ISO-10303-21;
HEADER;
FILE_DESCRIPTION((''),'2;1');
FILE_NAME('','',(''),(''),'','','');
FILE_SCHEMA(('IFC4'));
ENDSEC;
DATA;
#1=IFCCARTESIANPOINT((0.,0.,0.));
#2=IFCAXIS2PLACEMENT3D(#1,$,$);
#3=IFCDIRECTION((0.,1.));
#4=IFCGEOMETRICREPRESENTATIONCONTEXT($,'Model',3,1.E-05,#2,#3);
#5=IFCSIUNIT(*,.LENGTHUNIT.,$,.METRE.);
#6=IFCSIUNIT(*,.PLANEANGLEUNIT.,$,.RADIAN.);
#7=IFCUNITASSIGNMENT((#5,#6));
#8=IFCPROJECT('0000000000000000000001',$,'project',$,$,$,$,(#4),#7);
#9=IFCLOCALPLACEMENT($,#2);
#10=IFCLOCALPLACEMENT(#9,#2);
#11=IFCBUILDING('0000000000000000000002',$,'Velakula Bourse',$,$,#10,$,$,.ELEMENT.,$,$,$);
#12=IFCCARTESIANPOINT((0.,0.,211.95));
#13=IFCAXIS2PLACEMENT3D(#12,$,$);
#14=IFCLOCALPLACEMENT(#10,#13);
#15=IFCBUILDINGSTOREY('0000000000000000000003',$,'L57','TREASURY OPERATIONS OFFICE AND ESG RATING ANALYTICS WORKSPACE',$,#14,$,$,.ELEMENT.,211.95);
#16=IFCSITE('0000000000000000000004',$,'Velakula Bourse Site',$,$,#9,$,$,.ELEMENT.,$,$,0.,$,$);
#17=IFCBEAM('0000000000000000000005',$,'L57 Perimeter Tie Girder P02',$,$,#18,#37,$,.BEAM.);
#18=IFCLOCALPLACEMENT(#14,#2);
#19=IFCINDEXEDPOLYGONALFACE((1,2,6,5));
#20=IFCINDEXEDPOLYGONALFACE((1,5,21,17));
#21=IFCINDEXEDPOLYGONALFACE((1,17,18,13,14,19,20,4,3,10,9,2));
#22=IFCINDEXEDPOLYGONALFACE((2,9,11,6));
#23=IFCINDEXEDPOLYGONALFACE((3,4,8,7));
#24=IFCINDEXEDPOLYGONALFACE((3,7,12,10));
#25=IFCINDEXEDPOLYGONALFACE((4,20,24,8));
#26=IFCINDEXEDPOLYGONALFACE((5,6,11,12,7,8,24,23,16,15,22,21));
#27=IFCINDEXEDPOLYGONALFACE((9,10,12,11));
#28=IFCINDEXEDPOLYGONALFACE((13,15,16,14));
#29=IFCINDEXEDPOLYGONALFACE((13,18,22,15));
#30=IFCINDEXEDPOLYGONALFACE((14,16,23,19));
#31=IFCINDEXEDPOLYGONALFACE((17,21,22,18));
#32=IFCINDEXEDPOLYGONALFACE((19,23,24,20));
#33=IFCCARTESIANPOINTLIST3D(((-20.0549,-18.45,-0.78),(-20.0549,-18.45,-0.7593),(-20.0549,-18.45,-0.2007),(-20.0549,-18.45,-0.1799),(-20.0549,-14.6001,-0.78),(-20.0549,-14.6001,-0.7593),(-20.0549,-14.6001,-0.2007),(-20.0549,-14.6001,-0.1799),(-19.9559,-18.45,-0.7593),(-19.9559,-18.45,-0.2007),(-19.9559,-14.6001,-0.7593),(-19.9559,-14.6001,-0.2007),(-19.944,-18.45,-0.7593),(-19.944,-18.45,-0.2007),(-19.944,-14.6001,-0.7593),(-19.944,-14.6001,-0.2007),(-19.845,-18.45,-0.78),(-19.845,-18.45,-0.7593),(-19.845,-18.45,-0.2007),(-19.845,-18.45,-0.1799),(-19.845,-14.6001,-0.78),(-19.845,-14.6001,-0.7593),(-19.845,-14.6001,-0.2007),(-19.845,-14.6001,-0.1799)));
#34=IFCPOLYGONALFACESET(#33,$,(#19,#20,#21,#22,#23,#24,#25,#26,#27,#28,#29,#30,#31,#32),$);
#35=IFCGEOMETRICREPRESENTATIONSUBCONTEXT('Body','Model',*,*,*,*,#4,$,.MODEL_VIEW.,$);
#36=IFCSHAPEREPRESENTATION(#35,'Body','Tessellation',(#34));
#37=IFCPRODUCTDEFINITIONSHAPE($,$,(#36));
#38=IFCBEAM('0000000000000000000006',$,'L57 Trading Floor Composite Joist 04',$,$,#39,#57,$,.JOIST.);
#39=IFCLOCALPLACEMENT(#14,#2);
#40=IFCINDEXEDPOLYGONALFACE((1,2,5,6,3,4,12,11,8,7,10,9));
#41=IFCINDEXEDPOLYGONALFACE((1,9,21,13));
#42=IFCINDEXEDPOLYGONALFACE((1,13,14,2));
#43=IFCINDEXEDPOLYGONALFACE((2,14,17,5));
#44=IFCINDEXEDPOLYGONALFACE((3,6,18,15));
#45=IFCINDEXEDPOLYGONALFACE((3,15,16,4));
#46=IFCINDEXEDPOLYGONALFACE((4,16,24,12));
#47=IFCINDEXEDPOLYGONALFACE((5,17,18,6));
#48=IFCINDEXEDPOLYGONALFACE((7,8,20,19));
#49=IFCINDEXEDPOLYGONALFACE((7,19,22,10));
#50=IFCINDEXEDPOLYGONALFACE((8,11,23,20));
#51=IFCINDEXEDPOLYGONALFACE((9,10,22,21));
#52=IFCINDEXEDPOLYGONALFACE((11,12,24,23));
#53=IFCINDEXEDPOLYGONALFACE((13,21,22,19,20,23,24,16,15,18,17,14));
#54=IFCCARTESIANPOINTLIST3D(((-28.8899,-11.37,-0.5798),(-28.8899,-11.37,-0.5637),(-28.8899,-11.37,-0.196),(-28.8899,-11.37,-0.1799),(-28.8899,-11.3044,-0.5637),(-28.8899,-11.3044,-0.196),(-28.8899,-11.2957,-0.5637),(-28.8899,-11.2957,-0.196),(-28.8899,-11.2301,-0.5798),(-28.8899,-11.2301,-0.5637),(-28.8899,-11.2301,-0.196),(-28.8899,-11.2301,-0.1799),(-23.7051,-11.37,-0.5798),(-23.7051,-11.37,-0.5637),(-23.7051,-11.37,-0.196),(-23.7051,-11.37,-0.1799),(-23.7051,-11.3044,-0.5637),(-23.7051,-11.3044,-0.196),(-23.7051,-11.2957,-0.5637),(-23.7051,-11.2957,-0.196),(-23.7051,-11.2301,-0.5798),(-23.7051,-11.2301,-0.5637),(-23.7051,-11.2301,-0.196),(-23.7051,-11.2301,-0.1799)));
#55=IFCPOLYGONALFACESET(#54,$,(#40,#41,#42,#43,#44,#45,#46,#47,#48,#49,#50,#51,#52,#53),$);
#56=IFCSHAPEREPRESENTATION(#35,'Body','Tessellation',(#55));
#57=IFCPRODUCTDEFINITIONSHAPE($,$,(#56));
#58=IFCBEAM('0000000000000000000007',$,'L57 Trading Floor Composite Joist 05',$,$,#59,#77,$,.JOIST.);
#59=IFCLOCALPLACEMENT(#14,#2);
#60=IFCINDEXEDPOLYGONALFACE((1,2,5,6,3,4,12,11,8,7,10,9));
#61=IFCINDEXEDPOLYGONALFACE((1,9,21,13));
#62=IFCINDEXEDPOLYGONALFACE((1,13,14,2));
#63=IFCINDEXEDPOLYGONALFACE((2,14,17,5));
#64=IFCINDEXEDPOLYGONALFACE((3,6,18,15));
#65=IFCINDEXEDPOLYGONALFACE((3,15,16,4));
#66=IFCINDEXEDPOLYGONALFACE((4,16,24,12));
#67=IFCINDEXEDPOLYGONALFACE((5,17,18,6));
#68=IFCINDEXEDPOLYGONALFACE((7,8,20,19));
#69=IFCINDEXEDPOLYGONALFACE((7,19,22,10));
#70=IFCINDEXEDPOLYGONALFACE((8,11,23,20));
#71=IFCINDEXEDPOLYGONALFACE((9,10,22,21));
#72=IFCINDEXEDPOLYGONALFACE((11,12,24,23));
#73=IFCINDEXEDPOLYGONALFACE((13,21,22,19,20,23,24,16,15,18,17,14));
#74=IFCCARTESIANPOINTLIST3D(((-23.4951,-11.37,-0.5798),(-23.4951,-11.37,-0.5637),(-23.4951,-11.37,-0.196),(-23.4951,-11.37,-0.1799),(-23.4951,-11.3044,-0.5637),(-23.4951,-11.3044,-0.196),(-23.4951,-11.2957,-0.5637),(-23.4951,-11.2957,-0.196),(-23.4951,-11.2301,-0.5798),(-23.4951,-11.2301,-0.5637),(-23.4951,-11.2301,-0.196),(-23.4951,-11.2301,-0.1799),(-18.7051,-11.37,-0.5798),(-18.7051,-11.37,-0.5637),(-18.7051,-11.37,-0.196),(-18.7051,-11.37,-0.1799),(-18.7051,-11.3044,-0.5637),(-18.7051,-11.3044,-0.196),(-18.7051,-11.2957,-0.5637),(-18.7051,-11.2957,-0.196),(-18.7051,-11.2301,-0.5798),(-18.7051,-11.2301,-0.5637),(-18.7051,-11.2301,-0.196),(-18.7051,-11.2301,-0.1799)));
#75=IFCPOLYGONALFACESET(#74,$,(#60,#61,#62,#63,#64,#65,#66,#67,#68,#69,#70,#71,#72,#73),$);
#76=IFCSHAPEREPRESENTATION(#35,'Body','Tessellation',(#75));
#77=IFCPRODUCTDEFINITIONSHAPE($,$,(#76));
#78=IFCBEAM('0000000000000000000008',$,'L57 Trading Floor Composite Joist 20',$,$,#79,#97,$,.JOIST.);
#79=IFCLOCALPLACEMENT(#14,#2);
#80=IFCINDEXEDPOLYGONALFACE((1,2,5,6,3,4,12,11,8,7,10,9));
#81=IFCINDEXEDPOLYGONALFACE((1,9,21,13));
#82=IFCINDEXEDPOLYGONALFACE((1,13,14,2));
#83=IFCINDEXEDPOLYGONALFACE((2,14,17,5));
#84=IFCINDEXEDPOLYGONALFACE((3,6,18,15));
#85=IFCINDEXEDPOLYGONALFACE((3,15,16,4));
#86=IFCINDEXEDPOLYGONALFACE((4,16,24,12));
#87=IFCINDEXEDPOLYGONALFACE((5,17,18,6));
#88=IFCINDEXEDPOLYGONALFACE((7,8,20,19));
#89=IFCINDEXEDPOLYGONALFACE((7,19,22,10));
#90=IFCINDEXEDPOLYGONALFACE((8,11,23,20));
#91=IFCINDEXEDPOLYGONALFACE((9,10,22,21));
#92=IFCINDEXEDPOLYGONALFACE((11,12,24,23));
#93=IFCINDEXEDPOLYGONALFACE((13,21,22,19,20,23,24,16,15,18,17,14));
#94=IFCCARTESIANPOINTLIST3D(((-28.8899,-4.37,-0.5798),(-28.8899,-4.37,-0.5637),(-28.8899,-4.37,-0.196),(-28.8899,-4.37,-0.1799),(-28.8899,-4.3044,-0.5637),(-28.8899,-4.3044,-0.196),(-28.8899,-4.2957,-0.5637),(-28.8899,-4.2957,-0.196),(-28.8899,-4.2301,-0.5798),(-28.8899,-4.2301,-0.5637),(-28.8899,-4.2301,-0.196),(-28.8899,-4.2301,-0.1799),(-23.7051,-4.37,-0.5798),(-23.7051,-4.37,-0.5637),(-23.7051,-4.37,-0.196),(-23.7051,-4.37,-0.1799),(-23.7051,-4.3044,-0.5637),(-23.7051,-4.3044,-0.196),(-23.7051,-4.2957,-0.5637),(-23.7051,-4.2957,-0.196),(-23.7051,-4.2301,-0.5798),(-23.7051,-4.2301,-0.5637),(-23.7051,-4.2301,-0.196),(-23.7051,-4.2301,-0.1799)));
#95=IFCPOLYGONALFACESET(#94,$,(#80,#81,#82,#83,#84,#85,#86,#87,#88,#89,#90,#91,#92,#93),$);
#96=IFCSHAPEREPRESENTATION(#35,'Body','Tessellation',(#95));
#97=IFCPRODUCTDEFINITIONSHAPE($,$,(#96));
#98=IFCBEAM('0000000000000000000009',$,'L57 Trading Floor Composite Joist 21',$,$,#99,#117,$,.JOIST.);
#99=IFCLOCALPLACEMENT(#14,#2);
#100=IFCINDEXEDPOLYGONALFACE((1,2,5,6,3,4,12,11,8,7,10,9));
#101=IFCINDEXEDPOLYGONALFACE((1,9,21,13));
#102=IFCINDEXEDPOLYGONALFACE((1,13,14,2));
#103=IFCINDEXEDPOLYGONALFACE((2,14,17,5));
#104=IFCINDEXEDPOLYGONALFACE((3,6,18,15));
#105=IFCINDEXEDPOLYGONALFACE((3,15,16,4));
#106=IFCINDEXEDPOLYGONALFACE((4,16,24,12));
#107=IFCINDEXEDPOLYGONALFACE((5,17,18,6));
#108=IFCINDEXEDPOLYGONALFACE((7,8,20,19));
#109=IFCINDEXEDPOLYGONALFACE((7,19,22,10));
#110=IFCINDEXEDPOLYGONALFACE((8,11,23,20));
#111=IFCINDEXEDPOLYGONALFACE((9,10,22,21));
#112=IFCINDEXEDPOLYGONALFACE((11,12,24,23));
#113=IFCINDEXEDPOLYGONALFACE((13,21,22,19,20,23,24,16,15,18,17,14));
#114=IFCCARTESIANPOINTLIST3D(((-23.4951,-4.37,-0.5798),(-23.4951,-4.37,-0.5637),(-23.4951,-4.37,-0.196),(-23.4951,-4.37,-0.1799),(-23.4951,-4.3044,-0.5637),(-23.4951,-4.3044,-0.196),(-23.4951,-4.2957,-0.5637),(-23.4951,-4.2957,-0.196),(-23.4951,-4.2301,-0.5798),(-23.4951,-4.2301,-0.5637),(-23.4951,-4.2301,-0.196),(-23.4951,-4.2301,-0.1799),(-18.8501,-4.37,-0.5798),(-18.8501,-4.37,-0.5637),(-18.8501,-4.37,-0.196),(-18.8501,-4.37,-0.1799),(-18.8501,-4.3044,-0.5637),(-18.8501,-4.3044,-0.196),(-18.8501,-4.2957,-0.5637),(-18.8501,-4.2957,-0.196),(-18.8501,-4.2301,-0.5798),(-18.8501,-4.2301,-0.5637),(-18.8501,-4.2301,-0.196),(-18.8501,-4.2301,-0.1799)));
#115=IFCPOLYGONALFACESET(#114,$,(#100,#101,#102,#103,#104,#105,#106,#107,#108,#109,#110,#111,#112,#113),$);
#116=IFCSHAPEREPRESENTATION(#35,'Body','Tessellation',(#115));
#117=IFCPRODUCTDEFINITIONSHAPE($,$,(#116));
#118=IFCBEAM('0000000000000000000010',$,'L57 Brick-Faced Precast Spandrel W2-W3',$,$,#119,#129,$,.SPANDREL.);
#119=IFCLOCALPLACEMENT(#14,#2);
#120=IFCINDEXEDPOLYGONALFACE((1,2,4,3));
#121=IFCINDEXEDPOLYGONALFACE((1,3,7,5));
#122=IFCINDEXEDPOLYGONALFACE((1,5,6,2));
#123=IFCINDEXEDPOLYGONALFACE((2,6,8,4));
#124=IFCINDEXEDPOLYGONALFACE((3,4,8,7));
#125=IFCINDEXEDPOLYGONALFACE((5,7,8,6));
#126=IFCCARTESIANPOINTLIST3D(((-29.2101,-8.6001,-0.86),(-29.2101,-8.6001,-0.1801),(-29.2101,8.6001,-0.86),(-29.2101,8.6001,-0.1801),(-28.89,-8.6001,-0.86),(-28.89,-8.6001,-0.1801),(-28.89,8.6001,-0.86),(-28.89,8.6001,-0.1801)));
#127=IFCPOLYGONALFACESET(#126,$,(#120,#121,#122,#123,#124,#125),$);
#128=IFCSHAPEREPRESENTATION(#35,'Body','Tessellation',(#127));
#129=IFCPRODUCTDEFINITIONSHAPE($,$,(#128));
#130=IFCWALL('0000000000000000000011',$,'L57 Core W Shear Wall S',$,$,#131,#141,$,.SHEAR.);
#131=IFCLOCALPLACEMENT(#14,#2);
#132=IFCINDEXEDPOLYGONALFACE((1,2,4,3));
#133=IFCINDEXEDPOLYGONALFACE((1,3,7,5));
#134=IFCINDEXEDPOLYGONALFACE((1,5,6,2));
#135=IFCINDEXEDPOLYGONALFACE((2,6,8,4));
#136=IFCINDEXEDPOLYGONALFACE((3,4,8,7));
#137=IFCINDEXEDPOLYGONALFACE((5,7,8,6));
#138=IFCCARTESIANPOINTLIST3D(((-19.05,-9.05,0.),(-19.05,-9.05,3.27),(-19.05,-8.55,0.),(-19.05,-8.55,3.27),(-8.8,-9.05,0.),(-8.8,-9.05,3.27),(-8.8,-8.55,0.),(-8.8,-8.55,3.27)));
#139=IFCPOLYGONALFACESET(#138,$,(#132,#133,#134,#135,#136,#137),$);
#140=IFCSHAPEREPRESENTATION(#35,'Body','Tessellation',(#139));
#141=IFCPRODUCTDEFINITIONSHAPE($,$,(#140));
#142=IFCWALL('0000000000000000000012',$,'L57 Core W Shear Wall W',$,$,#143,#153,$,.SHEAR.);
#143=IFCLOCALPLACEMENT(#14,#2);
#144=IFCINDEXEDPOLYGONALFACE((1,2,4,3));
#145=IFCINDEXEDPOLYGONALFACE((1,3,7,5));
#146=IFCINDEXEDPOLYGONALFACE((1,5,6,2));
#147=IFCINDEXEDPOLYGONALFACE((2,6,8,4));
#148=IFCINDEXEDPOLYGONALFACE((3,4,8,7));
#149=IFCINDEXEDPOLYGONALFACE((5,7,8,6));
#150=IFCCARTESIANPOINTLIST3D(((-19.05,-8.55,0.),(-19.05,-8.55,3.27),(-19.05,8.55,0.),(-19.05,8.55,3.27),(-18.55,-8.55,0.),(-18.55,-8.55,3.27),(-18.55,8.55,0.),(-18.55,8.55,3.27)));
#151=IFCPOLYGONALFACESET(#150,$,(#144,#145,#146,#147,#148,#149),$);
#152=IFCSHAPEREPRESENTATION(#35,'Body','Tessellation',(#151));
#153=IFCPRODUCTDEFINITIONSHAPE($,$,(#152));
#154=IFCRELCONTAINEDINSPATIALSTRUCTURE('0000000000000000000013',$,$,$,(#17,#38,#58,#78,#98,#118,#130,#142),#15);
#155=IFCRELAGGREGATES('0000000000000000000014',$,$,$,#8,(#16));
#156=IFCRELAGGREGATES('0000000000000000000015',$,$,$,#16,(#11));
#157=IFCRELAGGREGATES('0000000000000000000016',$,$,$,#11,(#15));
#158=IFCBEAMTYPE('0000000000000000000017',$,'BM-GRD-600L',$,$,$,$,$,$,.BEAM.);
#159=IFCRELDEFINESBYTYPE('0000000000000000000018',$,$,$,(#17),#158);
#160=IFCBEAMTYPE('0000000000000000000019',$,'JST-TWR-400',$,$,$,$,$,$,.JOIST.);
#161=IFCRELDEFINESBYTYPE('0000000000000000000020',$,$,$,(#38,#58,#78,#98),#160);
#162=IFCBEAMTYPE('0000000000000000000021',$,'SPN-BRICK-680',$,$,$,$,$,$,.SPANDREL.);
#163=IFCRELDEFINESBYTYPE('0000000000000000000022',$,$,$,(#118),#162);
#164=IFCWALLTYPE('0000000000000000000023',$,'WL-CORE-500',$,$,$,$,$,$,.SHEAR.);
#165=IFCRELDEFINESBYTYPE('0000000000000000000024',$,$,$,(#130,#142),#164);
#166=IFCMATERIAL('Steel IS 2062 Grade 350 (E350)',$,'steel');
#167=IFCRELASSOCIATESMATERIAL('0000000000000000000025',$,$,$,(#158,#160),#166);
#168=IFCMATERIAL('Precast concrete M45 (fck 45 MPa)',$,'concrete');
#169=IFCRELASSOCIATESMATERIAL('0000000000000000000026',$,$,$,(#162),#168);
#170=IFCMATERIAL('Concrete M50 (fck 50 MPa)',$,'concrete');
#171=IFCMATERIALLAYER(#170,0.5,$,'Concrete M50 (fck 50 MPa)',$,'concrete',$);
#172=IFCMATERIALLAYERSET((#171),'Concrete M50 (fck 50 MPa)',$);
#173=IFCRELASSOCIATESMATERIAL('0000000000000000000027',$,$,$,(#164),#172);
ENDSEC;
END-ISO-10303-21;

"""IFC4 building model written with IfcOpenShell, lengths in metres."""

from ifc_helpers import new_model, si_unit, direction, frame, frame_2d, origin, origin_2d, place, context, subcontext, project, spatial, rectangle, i_section, extrude, material, layer, layer_set, material_profile, profile_set, type_object, element, save


model = new_model("IFC4")

# Units and contexts
model_context = context("Model", 3, precision=1e-05, world=origin(), true_north=direction((0.0, 1.0)))
body_context = subcontext(model_context, "Body", "Model", "MODEL_VIEW")
ifc_project = project(units=[si_unit("LENGTHUNIT", "METRE"), si_unit("PLANEANGLEUNIT", "RADIAN")], contexts=[model_context])

# Site, building, storey
site_placement = place(None, origin())
site = spatial("IfcSite", under=ifc_project, at=site_placement, Name="Velakula Bourse Site", CompositionType="ELEMENT", RefElevation=0.0)
building_placement = place(site_placement, origin())
building = spatial("IfcBuilding", under=site, at=building_placement, Name="Velakula Bourse", CompositionType="ELEMENT")
storey_placement = place(building_placement, frame((0.0, 0.0, 211.95)))
storey = spatial("IfcBuildingStorey", under=building, at=storey_placement, Name="L57", Description="TREASURY OPERATIONS OFFICE AND ESG RATING ANALYTICS WORKSPACE", CompositionType="ELEMENT", Elevation=211.95)

# Shared definitions
ifc_material_1 = material(Name="Steel IS 2062 Grade 350 (E350)", Category="steel")

# Beams
ifc_material_profile_1 = material_profile(ifc_material_1, i_section(OverallWidth=0.21, OverallDepth=0.6001, WebThickness=0.012, FlangeThickness=0.0208, at=origin_2d()), Name="Steel IS 2062 Grade 350 (E350)")
ifc_profile_set_1 = profile_set([ifc_material_profile_1], Name="Steel IS 2062 Grade 350 (E350)")
beam_type_1 = type_object("IfcBeamType", Name="BM-GRD-600L", PredefinedType="BEAM", material=ifc_profile_set_1)
for number, where, z_axis, x_axis, name in (
    (1, (-19.95, -14.6001, -0.48), (0.0, -1.0, 0.0), (1.0, 0.0, 0.0), "L57 Perimeter Tie Girder P02"),
):
    element("IfcBeam", number, at=place(storey_placement, frame(where, z_axis=z_axis, x_axis=x_axis)), inside=storey, type_object=beam_type_1, Name=name, PredefinedType="BEAM", context=body_context, shape_type="SweptSolid", body=[
        extrude(i_section(OverallWidth=0.21, OverallDepth=0.6001, WebThickness=0.012, FlangeThickness=0.0208, at=origin_2d()), origin(), (0.0, 0.0, 1.0), 3.8499),
    ])
ifc_material_profile_2 = material_profile(ifc_material_1, i_section(OverallWidth=0.1399, OverallDepth=0.3999, WebThickness=0.0088, FlangeThickness=0.0161, at=origin_2d()), Name="Steel IS 2062 Grade 350 (E350)")
ifc_profile_set_2 = profile_set([ifc_material_profile_2], Name="Steel IS 2062 Grade 350 (E350)")
beam_type_2 = type_object("IfcBeamType", Name="JST-TWR-400", PredefinedType="JOIST", material=ifc_profile_set_2)
beam_1_placement = place(storey_placement, frame((-28.8899, -11.3, -0.3799), z_axis=(1.0, 0.0, 0.0), x_axis=(0.0, 1.0, 0.0)))
element("IfcBeam", 2, at=beam_1_placement, inside=storey, type_object=beam_type_2, Name="L57 Trading Floor Composite Joist 04", PredefinedType="JOIST", context=body_context, shape_type="SweptSolid", body=[
    extrude(i_section(OverallWidth=0.1399, OverallDepth=0.3999, WebThickness=0.0088, FlangeThickness=0.0161, at=origin_2d()), origin(), (0.0, 0.0, 1.0), 5.1848),
])
beam_2_placement = place(storey_placement, frame((-23.4951, -11.3, -0.3799), z_axis=(1.0, 0.0, 0.0), x_axis=(0.0, 1.0, 0.0)))
element("IfcBeam", 3, at=beam_2_placement, inside=storey, type_object=beam_type_2, Name="L57 Trading Floor Composite Joist 05", PredefinedType="JOIST", context=body_context, shape_type="SweptSolid", body=[
    extrude(i_section(OverallWidth=0.1399, OverallDepth=0.3999, WebThickness=0.0088, FlangeThickness=0.0161, at=origin_2d()), origin(), (0.0, 0.0, 1.0), 4.79),
])
beam_3_placement = place(storey_placement, frame((-28.8899, -4.3, -0.3799), z_axis=(1.0, 0.0, 0.0), x_axis=(0.0, 1.0, 0.0)))
element("IfcBeam", 4, at=beam_3_placement, inside=storey, type_object=beam_type_2, Name="L57 Trading Floor Composite Joist 20", PredefinedType="JOIST", context=body_context, shape_type="SweptSolid", body=[
    extrude(i_section(OverallWidth=0.1399, OverallDepth=0.3999, WebThickness=0.0088, FlangeThickness=0.0161, at=origin_2d()), origin(), (0.0, 0.0, 1.0), 5.1848),
])
beam_4_placement = place(storey_placement, frame((-23.4951, -4.3, -0.3799), z_axis=(1.0, 0.0, 0.0), x_axis=(0.0, 1.0, 0.0)))
element("IfcBeam", 5, at=beam_4_placement, inside=storey, type_object=beam_type_2, Name="L57 Trading Floor Composite Joist 21", PredefinedType="JOIST", context=body_context, shape_type="SweptSolid", body=[
    extrude(i_section(OverallWidth=0.1399, OverallDepth=0.3999, WebThickness=0.0088, FlangeThickness=0.0161, at=origin_2d()), origin(), (0.0, 0.0, 1.0), 4.645),
])
ifc_material_2 = material(Name="Precast concrete M45 (fck 45 MPa)", Category="concrete")
ifc_material_profile_3 = material_profile(ifc_material_2, rectangle(XDim=0.3201, YDim=0.6799, at=origin_2d()), Name="Precast concrete M45 (fck 45 MPa)")
ifc_profile_set_3 = profile_set([ifc_material_profile_3], Name="Precast concrete M45 (fck 45 MPa)")
beam_type_3 = type_object("IfcBeamType", Name="SPN-BRICK-680", PredefinedType="SPANDREL", material=ifc_profile_set_3)
beam_5_placement = place(storey_placement, frame((-29.05, -8.6001, -0.52), z_axis=(0.0, 1.0, 0.0), x_axis=(-1.0, 0.0, 0.0)))
element("IfcBeam", 6, at=beam_5_placement, inside=storey, type_object=beam_type_3, Name="L57 Brick-Faced Precast Spandrel W2-W3", PredefinedType="SPANDREL", context=body_context, shape_type="SweptSolid", body=[
    extrude(rectangle(XDim=0.3201, YDim=0.6799, at=origin_2d()), origin(), (0.0, 0.0, 1.0), 17.2002),
])

# Walls
ifc_material_3 = material(Name="Concrete M50 (fck 50 MPa)", Category="concrete")
ifc_layer_1 = layer(ifc_material_3, 0.5, Name="Concrete M50 (fck 50 MPa)", Category="concrete")
ifc_layer_set_1 = layer_set([ifc_layer_1], Name="Concrete M50 (fck 50 MPa)")
wall_type_1 = type_object("IfcWallType", Name="WL-CORE-500", PredefinedType="SHEAR", material=ifc_layer_set_1)
wall_1_placement = place(storey_placement, frame((-19.05, -8.8, 0.0), z_axis=(0.0, 0.0, 1.0), x_axis=(1.0, 0.0, 0.0)))
element("IfcWall", 7, at=wall_1_placement, inside=storey, type_object=wall_type_1, Name="L57 Core W Shear Wall S", PredefinedType="SHEAR", context=body_context, shape_type="SweptSolid", body=[
    extrude(rectangle(XDim=10.25, YDim=0.5, at=frame_2d((5.125, 0.0))), origin(), (0.0, 0.0, 1.0), 3.27),
])
wall_2_placement = place(storey_placement, frame((-18.8, -8.55, 0.0), z_axis=(0.0, 0.0, 1.0), x_axis=(0.0, 1.0, 0.0)))
element("IfcWall", 8, at=wall_2_placement, inside=storey, type_object=wall_type_1, Name="L57 Core W Shear Wall W", PredefinedType="SHEAR", context=body_context, shape_type="SweptSolid", body=[
    extrude(rectangle(XDim=17.1001, YDim=0.5, at=frame_2d((8.55, 0.0))), origin(), (0.0, 0.0, 1.0), 3.27),
])

save(model, "model.ifc")
